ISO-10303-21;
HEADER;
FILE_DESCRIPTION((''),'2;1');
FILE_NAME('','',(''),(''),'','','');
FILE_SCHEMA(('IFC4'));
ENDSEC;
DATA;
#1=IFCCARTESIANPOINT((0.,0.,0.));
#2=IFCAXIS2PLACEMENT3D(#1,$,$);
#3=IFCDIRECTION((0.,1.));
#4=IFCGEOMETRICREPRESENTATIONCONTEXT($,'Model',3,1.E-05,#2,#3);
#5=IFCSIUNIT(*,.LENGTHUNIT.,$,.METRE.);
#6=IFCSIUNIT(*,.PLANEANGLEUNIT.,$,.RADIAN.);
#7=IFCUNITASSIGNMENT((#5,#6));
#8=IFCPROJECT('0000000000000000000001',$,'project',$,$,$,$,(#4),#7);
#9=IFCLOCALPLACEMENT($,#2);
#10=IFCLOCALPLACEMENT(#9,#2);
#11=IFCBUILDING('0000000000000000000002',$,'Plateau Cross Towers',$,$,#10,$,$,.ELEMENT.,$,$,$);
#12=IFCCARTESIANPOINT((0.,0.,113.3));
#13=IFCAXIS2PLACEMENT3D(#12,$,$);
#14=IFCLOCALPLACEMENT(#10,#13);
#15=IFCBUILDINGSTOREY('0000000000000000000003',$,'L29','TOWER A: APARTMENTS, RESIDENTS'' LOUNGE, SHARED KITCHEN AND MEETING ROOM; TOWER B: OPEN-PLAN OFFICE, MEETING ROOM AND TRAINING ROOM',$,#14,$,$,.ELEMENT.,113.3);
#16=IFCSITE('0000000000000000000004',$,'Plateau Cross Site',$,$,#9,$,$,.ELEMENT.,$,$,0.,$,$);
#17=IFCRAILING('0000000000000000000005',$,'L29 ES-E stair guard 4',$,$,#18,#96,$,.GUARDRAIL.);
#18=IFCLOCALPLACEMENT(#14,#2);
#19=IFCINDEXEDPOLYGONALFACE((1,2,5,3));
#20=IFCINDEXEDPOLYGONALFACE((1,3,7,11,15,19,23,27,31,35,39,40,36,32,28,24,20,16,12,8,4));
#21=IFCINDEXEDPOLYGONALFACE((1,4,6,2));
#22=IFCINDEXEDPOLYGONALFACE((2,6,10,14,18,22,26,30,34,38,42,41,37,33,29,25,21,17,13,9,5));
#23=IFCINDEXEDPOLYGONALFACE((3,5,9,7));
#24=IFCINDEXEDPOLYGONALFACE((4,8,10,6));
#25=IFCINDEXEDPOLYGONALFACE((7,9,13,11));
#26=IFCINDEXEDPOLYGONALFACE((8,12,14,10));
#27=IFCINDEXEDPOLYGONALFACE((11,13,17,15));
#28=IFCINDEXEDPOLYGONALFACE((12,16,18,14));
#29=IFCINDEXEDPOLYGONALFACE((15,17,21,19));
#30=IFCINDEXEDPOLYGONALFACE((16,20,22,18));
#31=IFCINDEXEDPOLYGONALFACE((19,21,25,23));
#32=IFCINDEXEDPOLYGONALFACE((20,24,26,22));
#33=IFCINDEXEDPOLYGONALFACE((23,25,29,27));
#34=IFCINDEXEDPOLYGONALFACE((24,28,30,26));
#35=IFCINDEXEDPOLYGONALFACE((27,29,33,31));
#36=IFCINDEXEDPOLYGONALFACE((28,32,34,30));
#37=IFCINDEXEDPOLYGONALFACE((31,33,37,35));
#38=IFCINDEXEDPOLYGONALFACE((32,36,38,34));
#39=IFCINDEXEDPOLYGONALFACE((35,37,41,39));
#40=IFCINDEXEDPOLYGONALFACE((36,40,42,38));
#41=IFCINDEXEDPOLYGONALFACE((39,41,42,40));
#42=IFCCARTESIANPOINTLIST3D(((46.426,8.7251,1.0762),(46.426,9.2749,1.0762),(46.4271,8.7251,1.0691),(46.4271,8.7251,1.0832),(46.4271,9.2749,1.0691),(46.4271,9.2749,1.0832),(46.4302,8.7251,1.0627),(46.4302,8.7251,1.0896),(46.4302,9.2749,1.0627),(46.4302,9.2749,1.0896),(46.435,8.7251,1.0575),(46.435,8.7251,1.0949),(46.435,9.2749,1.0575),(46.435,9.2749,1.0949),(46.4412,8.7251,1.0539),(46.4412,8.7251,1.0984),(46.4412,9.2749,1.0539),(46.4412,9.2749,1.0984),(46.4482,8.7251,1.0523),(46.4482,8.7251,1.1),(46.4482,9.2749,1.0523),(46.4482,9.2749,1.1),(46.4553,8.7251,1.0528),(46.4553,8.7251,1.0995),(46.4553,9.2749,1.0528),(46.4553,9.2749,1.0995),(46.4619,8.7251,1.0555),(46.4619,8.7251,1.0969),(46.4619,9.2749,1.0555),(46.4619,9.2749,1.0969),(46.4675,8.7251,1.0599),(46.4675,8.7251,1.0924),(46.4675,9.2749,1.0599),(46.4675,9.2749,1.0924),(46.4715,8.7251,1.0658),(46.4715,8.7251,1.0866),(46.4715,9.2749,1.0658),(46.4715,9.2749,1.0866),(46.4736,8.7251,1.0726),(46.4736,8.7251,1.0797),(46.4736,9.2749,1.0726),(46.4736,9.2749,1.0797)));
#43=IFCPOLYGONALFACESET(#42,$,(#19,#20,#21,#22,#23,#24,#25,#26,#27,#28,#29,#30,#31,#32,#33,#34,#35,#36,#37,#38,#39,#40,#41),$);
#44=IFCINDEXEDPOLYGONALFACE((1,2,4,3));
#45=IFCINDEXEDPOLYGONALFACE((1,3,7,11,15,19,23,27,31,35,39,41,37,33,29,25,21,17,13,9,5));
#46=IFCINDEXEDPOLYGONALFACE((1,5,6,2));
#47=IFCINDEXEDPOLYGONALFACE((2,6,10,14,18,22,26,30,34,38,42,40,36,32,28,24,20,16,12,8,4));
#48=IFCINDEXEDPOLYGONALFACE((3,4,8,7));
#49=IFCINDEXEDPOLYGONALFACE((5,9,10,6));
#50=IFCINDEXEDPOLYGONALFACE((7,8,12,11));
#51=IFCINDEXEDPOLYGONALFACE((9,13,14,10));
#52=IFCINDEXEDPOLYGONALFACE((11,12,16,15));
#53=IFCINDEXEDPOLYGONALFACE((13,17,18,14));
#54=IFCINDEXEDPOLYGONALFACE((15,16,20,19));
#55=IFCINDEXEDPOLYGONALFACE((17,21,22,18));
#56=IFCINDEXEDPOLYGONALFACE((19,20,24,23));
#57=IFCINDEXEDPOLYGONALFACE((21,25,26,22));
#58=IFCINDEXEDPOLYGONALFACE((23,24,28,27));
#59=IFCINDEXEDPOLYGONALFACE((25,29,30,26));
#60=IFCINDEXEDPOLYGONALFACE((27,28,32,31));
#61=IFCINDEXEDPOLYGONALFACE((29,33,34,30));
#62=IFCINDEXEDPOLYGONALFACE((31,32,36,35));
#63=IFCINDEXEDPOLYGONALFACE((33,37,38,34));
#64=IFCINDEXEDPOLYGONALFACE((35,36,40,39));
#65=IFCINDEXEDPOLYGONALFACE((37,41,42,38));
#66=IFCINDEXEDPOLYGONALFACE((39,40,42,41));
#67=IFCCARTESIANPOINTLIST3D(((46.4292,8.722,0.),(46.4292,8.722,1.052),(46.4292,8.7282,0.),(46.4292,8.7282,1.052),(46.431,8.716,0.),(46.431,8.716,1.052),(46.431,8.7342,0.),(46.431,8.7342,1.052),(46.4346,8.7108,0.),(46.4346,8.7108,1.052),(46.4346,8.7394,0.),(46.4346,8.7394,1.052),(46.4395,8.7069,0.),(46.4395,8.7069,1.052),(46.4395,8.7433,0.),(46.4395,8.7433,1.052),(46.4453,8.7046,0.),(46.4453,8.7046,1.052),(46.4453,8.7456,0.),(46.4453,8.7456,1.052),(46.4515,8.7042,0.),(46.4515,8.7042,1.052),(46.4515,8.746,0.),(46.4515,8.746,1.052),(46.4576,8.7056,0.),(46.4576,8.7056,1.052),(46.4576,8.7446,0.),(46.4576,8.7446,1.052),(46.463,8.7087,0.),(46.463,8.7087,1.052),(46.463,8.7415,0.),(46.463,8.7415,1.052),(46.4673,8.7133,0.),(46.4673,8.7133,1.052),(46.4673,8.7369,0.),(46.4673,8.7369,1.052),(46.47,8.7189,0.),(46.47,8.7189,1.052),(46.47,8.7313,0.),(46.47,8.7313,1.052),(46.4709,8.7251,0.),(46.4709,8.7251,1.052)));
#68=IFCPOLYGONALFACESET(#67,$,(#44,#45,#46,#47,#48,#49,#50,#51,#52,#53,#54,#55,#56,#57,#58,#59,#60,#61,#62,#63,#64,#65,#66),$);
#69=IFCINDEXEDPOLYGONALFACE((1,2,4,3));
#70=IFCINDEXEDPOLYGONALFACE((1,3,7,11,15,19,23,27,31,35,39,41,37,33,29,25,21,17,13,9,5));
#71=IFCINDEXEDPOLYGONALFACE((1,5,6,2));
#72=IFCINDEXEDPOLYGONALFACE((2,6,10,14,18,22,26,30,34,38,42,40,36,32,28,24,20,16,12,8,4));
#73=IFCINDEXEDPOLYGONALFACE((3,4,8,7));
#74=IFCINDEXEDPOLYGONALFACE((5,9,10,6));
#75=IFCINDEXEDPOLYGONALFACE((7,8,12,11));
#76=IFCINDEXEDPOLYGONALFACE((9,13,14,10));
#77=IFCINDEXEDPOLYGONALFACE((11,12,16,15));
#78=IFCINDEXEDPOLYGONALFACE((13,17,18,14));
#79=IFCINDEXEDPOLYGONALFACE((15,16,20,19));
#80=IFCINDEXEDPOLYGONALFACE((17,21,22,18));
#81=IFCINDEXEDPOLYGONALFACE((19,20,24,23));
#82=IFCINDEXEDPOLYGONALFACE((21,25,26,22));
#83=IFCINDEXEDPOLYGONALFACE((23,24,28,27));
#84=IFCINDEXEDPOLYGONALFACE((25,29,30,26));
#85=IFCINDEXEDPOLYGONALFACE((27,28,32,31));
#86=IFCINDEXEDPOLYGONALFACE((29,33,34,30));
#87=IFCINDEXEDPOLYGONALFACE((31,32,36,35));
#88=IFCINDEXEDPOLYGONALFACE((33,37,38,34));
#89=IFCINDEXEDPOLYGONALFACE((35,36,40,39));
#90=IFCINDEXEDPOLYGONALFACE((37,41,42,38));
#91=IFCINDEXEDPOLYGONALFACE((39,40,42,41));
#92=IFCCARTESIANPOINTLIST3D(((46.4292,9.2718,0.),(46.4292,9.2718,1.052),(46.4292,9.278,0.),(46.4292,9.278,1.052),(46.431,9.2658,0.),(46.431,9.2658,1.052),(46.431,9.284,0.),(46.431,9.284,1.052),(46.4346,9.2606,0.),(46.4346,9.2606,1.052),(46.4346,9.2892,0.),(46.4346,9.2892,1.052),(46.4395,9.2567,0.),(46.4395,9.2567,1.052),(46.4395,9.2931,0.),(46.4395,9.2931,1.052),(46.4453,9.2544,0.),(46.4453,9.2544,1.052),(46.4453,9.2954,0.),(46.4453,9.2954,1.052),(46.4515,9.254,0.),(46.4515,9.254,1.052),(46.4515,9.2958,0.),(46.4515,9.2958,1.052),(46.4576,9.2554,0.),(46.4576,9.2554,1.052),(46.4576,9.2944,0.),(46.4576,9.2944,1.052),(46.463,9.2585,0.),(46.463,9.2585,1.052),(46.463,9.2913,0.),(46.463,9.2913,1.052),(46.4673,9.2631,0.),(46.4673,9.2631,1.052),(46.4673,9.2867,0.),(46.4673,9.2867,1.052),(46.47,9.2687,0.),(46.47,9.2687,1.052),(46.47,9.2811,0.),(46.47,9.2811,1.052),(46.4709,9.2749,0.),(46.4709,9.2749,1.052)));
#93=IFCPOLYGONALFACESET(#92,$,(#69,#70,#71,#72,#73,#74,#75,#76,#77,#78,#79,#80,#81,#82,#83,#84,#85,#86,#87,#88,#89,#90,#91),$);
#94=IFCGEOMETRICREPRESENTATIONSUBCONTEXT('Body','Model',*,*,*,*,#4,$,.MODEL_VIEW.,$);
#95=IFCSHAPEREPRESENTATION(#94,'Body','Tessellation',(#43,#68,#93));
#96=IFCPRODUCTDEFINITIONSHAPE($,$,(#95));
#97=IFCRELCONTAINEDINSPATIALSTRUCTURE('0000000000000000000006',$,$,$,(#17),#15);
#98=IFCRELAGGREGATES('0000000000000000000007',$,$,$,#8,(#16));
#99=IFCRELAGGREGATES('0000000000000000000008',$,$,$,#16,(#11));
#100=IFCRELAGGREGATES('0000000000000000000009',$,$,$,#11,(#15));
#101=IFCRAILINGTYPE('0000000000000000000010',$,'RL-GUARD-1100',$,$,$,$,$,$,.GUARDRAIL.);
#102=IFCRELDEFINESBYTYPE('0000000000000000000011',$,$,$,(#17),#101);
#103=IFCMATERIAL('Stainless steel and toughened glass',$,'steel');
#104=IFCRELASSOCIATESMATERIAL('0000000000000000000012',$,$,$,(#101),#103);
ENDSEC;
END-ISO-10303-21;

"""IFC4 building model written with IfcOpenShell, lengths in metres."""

from ifc_helpers import new_model, si_unit, direction, frame, origin, origin_2d, place, context, subcontext, project, spatial, circle, extrude, material, type_object, element, save


model = new_model("IFC4")

# Units and contexts
model_context = context("Model", 3, precision=1e-05, world=origin(), true_north=direction((0.0, 1.0)))
body_context = subcontext(model_context, "Body", "Model", "MODEL_VIEW")
ifc_project = project(units=[si_unit("LENGTHUNIT", "METRE"), si_unit("PLANEANGLEUNIT", "RADIAN")], contexts=[model_context])

# Site, building, storey
site_placement = place(None, origin())
site = spatial("IfcSite", under=ifc_project, at=site_placement, Name="Plateau Cross Site", CompositionType="ELEMENT", RefElevation=0.0)
building_placement = place(site_placement, origin())
building = spatial("IfcBuilding", under=site, at=building_placement, Name="Plateau Cross Towers", CompositionType="ELEMENT")
storey_placement = place(building_placement, frame((0.0, 0.0, 113.3)))
storey = spatial("IfcBuildingStorey", under=building, at=storey_placement, Name="L29", Description="TOWER A: APARTMENTS, RESIDENTS' LOUNGE, SHARED KITCHEN AND MEETING ROOM; TOWER B: OPEN-PLAN OFFICE, MEETING ROOM AND TRAINING ROOM", CompositionType="ELEMENT", Elevation=113.3)

# Railing
ifc_material_1 = material(Name="Stainless steel and toughened glass", Category="steel")
railing_type_1 = type_object("IfcRailingType", Name="RL-GUARD-1100", PredefinedType="GUARDRAIL", material=ifc_material_1)
railing_1_placement = place(storey_placement, frame((46.45, 8.7251, 0.0)))
element("IfcRailing", 1, at=railing_1_placement, inside=storey, type_object=railing_type_1, Name="L29 ES-E stair guard 4", PredefinedType="GUARDRAIL", context=body_context, shape_type="SweptSolid", body=[
    extrude(circle(Radius=0.0239, at=origin_2d()), frame((0.0, 0.0, 1.0762), z_axis=(0.0, 1.0, 0.0), x_axis=(-1.0, 0.0, 0.0)), (0.0, 0.0, 1.0), 0.5498),
    extrude(circle(Radius=0.021, at=origin_2d()), origin(), (0.0, 0.0, 1.0), 1.052),
    extrude(circle(Radius=0.021, at=origin_2d()), frame((0.0, 0.5498, 0.0)), (0.0, 0.0, 1.0), 1.052),
])

save(model, "model.ifc")
